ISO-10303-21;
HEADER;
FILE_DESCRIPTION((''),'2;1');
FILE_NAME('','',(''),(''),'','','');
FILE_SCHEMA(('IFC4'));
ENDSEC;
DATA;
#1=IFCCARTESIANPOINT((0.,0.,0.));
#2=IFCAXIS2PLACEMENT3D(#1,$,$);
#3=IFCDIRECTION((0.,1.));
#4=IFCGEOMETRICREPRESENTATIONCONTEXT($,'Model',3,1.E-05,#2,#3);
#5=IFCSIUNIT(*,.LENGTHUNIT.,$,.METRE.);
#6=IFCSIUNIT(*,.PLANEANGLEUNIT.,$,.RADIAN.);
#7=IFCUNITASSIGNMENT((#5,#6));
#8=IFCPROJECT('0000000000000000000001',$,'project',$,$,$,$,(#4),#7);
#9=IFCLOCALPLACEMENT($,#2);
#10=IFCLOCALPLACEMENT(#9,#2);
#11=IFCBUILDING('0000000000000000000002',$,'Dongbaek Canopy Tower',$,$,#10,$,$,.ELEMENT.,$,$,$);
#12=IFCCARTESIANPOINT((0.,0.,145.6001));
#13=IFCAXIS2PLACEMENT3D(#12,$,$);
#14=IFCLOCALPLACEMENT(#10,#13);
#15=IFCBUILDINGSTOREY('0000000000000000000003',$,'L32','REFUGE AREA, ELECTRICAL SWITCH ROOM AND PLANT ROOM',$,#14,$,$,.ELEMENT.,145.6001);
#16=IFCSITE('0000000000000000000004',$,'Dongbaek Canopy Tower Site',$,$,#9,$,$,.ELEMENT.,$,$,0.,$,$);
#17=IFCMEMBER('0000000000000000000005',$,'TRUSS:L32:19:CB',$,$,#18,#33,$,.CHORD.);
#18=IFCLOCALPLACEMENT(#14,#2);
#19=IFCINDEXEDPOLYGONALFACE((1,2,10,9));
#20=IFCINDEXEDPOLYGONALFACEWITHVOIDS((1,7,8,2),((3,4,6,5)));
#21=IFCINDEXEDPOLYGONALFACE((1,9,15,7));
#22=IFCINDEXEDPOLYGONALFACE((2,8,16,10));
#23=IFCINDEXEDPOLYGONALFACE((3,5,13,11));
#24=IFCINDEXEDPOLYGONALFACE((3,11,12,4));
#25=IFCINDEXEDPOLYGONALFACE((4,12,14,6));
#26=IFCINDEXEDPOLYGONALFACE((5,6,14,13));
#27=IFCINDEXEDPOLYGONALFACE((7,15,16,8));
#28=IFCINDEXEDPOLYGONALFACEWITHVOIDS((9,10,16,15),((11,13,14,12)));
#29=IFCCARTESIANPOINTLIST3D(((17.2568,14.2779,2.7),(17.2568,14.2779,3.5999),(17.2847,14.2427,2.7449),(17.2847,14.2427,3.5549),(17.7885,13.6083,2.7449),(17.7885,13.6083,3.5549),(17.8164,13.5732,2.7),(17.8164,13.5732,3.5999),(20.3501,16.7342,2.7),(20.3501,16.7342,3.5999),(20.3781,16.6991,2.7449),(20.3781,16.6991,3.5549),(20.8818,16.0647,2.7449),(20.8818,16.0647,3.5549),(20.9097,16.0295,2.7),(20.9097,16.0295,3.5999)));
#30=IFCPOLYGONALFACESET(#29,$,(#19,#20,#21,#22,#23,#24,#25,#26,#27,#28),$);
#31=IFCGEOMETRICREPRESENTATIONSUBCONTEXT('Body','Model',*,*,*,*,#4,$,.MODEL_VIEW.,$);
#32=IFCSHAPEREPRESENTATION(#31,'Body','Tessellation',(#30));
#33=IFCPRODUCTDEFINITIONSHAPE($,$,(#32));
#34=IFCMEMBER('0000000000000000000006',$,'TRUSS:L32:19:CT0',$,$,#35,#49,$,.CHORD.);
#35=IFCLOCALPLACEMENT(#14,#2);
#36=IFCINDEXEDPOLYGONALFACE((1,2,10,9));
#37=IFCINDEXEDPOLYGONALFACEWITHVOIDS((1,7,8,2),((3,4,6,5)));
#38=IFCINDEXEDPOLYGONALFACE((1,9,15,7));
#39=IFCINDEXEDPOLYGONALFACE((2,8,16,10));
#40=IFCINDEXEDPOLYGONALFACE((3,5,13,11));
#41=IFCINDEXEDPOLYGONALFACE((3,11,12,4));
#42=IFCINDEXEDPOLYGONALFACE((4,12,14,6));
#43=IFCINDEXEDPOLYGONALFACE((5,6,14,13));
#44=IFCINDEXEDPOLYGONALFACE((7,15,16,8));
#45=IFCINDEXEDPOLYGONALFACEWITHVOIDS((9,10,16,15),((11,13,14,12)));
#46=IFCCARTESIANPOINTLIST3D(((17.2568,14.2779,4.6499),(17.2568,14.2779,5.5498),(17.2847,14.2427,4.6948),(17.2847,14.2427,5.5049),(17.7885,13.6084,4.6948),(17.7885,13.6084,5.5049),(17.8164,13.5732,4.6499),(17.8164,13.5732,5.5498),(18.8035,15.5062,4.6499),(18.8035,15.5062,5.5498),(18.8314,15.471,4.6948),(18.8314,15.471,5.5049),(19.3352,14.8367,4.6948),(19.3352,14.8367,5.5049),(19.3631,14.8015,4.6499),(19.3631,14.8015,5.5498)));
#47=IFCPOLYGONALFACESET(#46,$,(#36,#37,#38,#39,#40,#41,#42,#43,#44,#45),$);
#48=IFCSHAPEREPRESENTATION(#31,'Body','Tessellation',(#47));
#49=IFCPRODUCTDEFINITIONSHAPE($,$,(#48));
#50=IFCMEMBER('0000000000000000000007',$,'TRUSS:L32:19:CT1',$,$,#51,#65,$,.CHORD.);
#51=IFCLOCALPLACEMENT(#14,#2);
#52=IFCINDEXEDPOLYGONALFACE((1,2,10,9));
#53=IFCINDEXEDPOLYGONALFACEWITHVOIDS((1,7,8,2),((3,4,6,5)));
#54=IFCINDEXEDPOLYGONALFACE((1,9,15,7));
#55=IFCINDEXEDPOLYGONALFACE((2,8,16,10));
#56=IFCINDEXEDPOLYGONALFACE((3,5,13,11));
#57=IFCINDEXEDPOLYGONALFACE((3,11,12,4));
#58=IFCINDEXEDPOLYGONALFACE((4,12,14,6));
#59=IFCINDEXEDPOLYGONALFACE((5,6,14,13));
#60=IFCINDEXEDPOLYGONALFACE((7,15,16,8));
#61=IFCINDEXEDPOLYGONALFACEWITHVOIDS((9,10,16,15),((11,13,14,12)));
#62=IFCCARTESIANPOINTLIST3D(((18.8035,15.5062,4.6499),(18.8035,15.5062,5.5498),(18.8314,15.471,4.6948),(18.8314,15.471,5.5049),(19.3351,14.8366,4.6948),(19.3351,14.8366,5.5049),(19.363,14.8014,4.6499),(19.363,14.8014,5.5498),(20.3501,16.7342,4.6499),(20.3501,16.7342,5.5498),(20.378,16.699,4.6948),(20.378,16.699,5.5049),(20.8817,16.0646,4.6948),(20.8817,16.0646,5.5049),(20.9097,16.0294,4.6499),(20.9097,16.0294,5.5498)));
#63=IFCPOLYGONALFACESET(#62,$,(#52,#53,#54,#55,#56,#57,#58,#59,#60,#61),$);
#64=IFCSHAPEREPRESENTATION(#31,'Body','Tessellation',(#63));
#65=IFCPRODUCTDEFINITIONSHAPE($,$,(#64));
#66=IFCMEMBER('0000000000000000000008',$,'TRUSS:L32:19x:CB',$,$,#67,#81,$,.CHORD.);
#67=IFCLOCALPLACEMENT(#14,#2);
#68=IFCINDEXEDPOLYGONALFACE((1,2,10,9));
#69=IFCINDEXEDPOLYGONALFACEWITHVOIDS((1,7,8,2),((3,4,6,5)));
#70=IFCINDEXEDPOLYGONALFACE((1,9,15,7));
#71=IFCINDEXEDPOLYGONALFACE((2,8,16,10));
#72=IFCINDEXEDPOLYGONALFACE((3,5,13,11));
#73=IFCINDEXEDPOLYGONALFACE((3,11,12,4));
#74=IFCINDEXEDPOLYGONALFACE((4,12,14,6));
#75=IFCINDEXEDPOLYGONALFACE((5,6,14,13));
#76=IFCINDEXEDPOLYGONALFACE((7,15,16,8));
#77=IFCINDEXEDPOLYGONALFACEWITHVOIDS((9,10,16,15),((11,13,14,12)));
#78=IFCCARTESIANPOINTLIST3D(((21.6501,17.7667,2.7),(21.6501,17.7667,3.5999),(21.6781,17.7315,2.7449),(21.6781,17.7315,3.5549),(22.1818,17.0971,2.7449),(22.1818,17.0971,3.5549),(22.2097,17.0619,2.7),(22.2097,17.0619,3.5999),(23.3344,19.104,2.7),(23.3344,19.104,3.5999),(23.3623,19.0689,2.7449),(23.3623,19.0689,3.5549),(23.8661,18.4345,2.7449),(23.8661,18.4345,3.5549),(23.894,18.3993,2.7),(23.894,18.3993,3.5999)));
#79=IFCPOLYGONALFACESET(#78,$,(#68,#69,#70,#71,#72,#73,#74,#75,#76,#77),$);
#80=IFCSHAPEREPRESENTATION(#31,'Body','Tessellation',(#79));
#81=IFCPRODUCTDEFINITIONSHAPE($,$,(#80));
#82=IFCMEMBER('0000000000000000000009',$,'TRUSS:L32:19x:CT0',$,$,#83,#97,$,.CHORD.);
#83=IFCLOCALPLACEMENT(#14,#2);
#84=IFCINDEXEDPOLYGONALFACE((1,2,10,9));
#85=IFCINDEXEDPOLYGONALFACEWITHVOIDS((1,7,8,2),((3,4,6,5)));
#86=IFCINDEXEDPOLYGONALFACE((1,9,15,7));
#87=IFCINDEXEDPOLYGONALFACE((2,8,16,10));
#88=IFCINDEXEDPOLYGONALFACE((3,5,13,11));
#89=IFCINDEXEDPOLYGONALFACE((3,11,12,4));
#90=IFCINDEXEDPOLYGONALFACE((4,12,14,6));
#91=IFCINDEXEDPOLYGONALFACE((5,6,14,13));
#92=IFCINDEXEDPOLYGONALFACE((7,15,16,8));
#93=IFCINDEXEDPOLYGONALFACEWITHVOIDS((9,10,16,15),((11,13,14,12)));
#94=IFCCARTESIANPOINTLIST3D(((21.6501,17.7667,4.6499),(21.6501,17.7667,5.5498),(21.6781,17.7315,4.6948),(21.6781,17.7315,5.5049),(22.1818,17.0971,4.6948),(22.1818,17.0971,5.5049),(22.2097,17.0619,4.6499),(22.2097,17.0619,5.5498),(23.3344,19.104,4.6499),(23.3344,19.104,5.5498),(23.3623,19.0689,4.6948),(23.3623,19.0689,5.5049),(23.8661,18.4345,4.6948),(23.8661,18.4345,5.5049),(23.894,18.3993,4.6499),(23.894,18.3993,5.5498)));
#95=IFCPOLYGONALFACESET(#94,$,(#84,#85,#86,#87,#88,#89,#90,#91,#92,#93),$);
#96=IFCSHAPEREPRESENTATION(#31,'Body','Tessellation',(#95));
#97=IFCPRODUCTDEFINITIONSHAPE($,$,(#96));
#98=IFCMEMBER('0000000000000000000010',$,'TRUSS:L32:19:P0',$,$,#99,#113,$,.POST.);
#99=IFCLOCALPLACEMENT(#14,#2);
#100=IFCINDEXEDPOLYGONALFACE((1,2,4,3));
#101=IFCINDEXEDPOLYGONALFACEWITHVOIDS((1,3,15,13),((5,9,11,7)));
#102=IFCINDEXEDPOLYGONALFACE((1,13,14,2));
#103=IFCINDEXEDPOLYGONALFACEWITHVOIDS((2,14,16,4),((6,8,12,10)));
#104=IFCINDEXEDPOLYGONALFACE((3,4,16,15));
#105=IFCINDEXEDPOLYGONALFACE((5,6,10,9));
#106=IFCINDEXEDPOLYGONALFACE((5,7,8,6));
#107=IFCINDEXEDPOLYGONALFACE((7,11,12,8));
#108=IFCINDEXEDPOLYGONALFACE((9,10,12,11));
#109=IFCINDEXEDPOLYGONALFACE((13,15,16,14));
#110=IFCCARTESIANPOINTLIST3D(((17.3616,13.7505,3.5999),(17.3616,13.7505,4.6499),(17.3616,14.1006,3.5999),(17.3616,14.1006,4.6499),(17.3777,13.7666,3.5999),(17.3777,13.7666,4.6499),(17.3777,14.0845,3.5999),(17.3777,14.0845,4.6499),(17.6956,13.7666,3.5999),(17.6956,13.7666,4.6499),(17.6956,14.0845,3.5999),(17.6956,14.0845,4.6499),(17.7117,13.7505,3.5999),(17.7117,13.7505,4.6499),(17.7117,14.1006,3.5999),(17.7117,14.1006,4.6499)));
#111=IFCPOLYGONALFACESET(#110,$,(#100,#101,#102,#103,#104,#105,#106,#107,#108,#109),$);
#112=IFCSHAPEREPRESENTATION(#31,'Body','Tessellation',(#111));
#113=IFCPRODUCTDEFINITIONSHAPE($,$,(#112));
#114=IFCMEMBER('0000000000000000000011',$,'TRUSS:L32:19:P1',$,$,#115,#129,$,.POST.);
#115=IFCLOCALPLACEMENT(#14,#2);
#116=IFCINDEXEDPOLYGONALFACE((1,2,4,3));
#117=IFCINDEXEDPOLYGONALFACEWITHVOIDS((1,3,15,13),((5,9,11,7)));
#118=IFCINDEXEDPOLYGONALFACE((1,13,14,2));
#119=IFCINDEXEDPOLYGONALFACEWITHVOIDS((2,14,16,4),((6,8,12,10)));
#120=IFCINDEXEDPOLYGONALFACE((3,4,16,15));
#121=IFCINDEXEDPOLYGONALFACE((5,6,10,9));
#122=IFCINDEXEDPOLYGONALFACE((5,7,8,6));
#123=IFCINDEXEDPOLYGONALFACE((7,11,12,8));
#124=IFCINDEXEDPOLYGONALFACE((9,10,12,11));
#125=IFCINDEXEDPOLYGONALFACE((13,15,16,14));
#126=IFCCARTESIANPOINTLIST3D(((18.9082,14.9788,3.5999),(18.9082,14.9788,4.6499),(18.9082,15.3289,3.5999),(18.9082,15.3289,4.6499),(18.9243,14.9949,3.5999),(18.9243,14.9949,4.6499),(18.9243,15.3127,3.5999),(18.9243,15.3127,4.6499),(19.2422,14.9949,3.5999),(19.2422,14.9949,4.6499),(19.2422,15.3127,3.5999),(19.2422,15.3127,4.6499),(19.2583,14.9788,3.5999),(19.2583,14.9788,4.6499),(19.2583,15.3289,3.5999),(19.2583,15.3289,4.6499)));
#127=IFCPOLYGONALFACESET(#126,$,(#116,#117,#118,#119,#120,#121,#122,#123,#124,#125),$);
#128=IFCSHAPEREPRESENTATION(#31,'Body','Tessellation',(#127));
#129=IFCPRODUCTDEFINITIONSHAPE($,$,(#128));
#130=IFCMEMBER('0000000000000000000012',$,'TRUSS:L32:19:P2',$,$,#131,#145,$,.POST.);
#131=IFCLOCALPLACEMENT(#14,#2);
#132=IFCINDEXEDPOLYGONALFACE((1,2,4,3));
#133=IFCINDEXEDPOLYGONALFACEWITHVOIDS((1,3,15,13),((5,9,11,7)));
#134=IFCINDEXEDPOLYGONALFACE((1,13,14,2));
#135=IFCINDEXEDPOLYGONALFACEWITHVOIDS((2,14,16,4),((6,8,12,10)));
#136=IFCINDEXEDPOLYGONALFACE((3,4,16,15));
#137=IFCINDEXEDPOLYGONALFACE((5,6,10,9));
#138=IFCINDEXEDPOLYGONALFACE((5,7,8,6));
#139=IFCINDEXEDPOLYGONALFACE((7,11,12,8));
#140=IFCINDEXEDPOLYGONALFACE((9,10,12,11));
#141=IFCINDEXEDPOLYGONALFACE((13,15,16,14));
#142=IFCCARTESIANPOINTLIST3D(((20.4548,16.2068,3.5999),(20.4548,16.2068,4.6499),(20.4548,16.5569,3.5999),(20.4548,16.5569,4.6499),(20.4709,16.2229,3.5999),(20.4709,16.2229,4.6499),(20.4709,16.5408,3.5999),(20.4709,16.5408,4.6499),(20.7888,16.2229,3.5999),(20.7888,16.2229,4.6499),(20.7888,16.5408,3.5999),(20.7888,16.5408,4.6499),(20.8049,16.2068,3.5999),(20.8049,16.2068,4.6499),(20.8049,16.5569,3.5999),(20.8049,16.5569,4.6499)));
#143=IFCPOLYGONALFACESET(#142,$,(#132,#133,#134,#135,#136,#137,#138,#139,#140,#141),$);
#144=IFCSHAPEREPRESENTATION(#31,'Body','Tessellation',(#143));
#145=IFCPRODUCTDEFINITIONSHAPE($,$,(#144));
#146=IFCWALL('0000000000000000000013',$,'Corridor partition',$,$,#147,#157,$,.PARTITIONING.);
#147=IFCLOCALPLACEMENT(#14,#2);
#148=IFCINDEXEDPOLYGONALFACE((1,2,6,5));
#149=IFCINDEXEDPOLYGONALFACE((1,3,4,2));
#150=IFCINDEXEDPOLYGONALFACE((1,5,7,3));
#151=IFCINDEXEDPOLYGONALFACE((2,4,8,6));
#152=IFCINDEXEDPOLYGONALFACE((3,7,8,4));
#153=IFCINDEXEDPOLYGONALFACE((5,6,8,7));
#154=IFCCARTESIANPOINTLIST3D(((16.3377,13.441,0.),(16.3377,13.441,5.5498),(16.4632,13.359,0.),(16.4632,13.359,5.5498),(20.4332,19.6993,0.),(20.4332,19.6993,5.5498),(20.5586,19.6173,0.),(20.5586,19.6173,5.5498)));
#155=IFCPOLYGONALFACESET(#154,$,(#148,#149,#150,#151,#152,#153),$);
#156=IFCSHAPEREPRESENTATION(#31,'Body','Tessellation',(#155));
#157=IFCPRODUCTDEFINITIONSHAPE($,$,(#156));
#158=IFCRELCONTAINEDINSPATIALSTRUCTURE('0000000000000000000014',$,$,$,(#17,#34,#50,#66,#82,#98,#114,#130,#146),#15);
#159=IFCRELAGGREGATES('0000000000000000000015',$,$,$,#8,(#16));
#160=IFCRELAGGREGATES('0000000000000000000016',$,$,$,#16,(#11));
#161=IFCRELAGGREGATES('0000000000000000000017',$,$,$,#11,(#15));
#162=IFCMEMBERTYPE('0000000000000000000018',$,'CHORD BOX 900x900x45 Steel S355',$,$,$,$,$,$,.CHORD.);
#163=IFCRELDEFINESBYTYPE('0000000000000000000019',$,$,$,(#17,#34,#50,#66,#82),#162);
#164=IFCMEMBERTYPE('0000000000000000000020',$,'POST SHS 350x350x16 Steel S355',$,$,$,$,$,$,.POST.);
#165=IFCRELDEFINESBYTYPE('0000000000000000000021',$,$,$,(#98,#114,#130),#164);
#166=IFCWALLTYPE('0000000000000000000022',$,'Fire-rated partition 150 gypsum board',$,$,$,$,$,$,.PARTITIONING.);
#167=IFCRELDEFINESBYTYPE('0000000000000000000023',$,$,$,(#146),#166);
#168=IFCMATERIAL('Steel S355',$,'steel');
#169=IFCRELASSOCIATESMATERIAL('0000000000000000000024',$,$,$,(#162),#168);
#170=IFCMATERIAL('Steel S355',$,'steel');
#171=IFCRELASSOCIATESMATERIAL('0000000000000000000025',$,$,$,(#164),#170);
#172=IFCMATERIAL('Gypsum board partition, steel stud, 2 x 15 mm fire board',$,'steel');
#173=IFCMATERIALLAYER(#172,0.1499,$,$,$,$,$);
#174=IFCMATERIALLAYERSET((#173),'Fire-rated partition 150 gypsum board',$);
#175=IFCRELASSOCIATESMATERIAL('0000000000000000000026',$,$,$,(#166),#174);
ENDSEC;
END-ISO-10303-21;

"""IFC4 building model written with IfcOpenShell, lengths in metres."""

from ifc_helpers import new_model, si_unit, direction, frame, frame_2d, origin, origin_2d, place, context, subcontext, project, spatial, rectangle, hollow_rectangle, extrude, material, layer, layer_set, material_profile, profile_set, type_object, element, save


model = new_model("IFC4")

# Units and contexts
model_context = context("Model", 3, precision=1e-05, world=origin(), true_north=direction((0.0, 1.0)))
body_context = subcontext(model_context, "Body", "Model", "MODEL_VIEW")
ifc_project = project(units=[si_unit("LENGTHUNIT", "METRE"), si_unit("PLANEANGLEUNIT", "RADIAN")], contexts=[model_context])

# Site, building, storey
site_placement = place(None, origin())
site = spatial("IfcSite", under=ifc_project, at=site_placement, Name="Dongbaek Canopy Tower Site", CompositionType="ELEMENT", RefElevation=0.0)
building_placement = place(site_placement, origin())
building = spatial("IfcBuilding", under=site, at=building_placement, Name="Dongbaek Canopy Tower", CompositionType="ELEMENT")
storey_placement = place(building_placement, frame((0.0, 0.0, 145.6001)))
storey = spatial("IfcBuildingStorey", under=building, at=storey_placement, Name="L32", Description="REFUGE AREA, ELECTRICAL SWITCH ROOM AND PLANT ROOM", CompositionType="ELEMENT", Elevation=145.6001)

# Members
ifc_material_1 = material(Name="Steel S355", Category="steel")
ifc_material_profile_1 = material_profile(ifc_material_1, hollow_rectangle(XDim=0.8999, YDim=0.8999, WallThickness=0.0449, at=origin_2d()), Name="CHORD BOX 900x900x45 Steel S355")
ifc_profile_set_1 = profile_set([ifc_material_profile_1], Name="Steel S355")
member_type_1 = type_object("IfcMemberType", Name="CHORD BOX 900x900x45 Steel S355", PredefinedType="CHORD", material=ifc_profile_set_1)
member_1_placement = place(storey_placement, frame((17.5366, 13.9255, 3.1499), z_axis=(0.783125, 0.621864, 0.0), x_axis=(-0.621864, 0.783125, 0.0)))
element("IfcMember", 1, at=member_1_placement, inside=storey, type_object=member_type_1, Name="TRUSS:L32:19:CB", PredefinedType="CHORD", context=body_context, shape_type="SweptSolid", body=[
    extrude(hollow_rectangle(XDim=0.8999, YDim=0.8999, WallThickness=0.0449, at=origin_2d()), origin(), (0.0, 0.0, 1.0), 3.95),
])
member_2_placement = place(storey_placement, frame((17.5366, 13.9255, 5.0999), z_axis=(0.783095, 0.621902, 0.0), x_axis=(-0.621902, 0.783095, 0.0)))
element("IfcMember", 2, at=member_2_placement, inside=storey, type_object=member_type_1, Name="TRUSS:L32:19:CT0", PredefinedType="CHORD", context=body_context, shape_type="SweptSolid", body=[
    extrude(hollow_rectangle(XDim=0.8999, YDim=0.8999, WallThickness=0.0449, at=origin_2d()), origin(), (0.0, 0.0, 1.0), 1.9751),
])
member_3_placement = place(storey_placement, frame((19.0833, 15.1538, 5.0999), z_axis=(0.783155, 0.621826, 0.0), x_axis=(-0.621826, 0.783155, 0.0)))
element("IfcMember", 3, at=member_3_placement, inside=storey, type_object=member_type_1, Name="TRUSS:L32:19:CT1", PredefinedType="CHORD", context=body_context, shape_type="SweptSolid", body=[
    extrude(hollow_rectangle(XDim=0.8999, YDim=0.8999, WallThickness=0.0449, at=origin_2d()), origin(), (0.0, 0.0, 1.0), 1.9749),
])
for number, where, z_axis, x_axis, name in (
    (4, (21.9299, 17.4143, 3.1499), (0.783145, 0.621839, 0.0), (-0.621839, 0.783145, 0.0), "TRUSS:L32:19x:CB"),
    (5, (21.9299, 17.4143, 5.0999), (0.783145, 0.621839, 0.0), (-0.621839, 0.783145, 0.0), "TRUSS:L32:19x:CT0"),
):
    element("IfcMember", number, at=place(storey_placement, frame(where, z_axis=z_axis, x_axis=x_axis)), inside=storey, type_object=member_type_1, Name=name, PredefinedType="CHORD", context=body_context, shape_type="SweptSolid", body=[
        extrude(hollow_rectangle(XDim=0.8999, YDim=0.8999, WallThickness=0.0449, at=origin_2d()), origin(), (0.0, 0.0, 1.0), 2.1506),
    ])
ifc_material_2 = material(Name="Steel S355", Category="steel")
ifc_material_profile_2 = material_profile(ifc_material_2, hollow_rectangle(XDim=0.3501, YDim=0.3501, WallThickness=0.0161, at=origin_2d()), Name="POST SHS 350x350x16 Steel S355")
ifc_profile_set_2 = profile_set([ifc_material_profile_2], Name="Steel S355")
member_type_2 = type_object("IfcMemberType", Name="POST SHS 350x350x16 Steel S355", PredefinedType="POST", material=ifc_profile_set_2)
for number, where, z_axis, x_axis, name in (
    (6, (17.5366, 13.9255, 3.5999), (0.0, 0.0, 1.0), (1.0, 0.0, 0.0), "TRUSS:L32:19:P0"),
    (7, (19.0833, 15.1538, 3.5999), (0.0, 0.0, 1.0), (1.0, 0.0, 0.0), "TRUSS:L32:19:P1"),
    (8, (20.6299, 16.3818, 3.5999), (0.0, 0.0, 1.0), (1.0, 0.0, 0.0), "TRUSS:L32:19:P2"),
):
    element("IfcMember", number, at=place(storey_placement, frame(where, z_axis=z_axis, x_axis=x_axis)), inside=storey, type_object=member_type_2, Name=name, PredefinedType="POST", context=body_context, shape_type="SweptSolid", body=[
        extrude(hollow_rectangle(XDim=0.3501, YDim=0.3501, WallThickness=0.0161, at=origin_2d()), origin(), (0.0, 0.0, 1.0), 1.05),
    ])

# Wall
ifc_material_3 = material(Name="Gypsum board partition, steel stud, 2 x 15 mm fire board", Category="steel")
ifc_layer_1 = layer(ifc_material_3, 0.1499)
ifc_layer_set_1 = layer_set([ifc_layer_1], Name="Fire-rated partition 150 gypsum board")
wall_type = type_object("IfcWallType", Name="Fire-rated partition 150 gypsum board", PredefinedType="PARTITIONING", material=ifc_layer_set_1)
wall_1_placement = place(storey_placement, frame((16.4004, 13.3999, 0.0), z_axis=(0.0, 0.0, 1.0), x_axis=(0.547576, 0.836756, 0.0)))
element("IfcWall", 9, at=wall_1_placement, inside=storey, type_object=wall_type, Name="Corridor partition", PredefinedType="PARTITIONING", context=body_context, shape_type="SweptSolid", body=[
    extrude(rectangle(XDim=7.4792, YDim=0.1499, at=frame_2d((3.7397, 0.0))), origin(), (0.0, 0.0, 1.0), 5.5498),
])

save(model, "model.ifc")
